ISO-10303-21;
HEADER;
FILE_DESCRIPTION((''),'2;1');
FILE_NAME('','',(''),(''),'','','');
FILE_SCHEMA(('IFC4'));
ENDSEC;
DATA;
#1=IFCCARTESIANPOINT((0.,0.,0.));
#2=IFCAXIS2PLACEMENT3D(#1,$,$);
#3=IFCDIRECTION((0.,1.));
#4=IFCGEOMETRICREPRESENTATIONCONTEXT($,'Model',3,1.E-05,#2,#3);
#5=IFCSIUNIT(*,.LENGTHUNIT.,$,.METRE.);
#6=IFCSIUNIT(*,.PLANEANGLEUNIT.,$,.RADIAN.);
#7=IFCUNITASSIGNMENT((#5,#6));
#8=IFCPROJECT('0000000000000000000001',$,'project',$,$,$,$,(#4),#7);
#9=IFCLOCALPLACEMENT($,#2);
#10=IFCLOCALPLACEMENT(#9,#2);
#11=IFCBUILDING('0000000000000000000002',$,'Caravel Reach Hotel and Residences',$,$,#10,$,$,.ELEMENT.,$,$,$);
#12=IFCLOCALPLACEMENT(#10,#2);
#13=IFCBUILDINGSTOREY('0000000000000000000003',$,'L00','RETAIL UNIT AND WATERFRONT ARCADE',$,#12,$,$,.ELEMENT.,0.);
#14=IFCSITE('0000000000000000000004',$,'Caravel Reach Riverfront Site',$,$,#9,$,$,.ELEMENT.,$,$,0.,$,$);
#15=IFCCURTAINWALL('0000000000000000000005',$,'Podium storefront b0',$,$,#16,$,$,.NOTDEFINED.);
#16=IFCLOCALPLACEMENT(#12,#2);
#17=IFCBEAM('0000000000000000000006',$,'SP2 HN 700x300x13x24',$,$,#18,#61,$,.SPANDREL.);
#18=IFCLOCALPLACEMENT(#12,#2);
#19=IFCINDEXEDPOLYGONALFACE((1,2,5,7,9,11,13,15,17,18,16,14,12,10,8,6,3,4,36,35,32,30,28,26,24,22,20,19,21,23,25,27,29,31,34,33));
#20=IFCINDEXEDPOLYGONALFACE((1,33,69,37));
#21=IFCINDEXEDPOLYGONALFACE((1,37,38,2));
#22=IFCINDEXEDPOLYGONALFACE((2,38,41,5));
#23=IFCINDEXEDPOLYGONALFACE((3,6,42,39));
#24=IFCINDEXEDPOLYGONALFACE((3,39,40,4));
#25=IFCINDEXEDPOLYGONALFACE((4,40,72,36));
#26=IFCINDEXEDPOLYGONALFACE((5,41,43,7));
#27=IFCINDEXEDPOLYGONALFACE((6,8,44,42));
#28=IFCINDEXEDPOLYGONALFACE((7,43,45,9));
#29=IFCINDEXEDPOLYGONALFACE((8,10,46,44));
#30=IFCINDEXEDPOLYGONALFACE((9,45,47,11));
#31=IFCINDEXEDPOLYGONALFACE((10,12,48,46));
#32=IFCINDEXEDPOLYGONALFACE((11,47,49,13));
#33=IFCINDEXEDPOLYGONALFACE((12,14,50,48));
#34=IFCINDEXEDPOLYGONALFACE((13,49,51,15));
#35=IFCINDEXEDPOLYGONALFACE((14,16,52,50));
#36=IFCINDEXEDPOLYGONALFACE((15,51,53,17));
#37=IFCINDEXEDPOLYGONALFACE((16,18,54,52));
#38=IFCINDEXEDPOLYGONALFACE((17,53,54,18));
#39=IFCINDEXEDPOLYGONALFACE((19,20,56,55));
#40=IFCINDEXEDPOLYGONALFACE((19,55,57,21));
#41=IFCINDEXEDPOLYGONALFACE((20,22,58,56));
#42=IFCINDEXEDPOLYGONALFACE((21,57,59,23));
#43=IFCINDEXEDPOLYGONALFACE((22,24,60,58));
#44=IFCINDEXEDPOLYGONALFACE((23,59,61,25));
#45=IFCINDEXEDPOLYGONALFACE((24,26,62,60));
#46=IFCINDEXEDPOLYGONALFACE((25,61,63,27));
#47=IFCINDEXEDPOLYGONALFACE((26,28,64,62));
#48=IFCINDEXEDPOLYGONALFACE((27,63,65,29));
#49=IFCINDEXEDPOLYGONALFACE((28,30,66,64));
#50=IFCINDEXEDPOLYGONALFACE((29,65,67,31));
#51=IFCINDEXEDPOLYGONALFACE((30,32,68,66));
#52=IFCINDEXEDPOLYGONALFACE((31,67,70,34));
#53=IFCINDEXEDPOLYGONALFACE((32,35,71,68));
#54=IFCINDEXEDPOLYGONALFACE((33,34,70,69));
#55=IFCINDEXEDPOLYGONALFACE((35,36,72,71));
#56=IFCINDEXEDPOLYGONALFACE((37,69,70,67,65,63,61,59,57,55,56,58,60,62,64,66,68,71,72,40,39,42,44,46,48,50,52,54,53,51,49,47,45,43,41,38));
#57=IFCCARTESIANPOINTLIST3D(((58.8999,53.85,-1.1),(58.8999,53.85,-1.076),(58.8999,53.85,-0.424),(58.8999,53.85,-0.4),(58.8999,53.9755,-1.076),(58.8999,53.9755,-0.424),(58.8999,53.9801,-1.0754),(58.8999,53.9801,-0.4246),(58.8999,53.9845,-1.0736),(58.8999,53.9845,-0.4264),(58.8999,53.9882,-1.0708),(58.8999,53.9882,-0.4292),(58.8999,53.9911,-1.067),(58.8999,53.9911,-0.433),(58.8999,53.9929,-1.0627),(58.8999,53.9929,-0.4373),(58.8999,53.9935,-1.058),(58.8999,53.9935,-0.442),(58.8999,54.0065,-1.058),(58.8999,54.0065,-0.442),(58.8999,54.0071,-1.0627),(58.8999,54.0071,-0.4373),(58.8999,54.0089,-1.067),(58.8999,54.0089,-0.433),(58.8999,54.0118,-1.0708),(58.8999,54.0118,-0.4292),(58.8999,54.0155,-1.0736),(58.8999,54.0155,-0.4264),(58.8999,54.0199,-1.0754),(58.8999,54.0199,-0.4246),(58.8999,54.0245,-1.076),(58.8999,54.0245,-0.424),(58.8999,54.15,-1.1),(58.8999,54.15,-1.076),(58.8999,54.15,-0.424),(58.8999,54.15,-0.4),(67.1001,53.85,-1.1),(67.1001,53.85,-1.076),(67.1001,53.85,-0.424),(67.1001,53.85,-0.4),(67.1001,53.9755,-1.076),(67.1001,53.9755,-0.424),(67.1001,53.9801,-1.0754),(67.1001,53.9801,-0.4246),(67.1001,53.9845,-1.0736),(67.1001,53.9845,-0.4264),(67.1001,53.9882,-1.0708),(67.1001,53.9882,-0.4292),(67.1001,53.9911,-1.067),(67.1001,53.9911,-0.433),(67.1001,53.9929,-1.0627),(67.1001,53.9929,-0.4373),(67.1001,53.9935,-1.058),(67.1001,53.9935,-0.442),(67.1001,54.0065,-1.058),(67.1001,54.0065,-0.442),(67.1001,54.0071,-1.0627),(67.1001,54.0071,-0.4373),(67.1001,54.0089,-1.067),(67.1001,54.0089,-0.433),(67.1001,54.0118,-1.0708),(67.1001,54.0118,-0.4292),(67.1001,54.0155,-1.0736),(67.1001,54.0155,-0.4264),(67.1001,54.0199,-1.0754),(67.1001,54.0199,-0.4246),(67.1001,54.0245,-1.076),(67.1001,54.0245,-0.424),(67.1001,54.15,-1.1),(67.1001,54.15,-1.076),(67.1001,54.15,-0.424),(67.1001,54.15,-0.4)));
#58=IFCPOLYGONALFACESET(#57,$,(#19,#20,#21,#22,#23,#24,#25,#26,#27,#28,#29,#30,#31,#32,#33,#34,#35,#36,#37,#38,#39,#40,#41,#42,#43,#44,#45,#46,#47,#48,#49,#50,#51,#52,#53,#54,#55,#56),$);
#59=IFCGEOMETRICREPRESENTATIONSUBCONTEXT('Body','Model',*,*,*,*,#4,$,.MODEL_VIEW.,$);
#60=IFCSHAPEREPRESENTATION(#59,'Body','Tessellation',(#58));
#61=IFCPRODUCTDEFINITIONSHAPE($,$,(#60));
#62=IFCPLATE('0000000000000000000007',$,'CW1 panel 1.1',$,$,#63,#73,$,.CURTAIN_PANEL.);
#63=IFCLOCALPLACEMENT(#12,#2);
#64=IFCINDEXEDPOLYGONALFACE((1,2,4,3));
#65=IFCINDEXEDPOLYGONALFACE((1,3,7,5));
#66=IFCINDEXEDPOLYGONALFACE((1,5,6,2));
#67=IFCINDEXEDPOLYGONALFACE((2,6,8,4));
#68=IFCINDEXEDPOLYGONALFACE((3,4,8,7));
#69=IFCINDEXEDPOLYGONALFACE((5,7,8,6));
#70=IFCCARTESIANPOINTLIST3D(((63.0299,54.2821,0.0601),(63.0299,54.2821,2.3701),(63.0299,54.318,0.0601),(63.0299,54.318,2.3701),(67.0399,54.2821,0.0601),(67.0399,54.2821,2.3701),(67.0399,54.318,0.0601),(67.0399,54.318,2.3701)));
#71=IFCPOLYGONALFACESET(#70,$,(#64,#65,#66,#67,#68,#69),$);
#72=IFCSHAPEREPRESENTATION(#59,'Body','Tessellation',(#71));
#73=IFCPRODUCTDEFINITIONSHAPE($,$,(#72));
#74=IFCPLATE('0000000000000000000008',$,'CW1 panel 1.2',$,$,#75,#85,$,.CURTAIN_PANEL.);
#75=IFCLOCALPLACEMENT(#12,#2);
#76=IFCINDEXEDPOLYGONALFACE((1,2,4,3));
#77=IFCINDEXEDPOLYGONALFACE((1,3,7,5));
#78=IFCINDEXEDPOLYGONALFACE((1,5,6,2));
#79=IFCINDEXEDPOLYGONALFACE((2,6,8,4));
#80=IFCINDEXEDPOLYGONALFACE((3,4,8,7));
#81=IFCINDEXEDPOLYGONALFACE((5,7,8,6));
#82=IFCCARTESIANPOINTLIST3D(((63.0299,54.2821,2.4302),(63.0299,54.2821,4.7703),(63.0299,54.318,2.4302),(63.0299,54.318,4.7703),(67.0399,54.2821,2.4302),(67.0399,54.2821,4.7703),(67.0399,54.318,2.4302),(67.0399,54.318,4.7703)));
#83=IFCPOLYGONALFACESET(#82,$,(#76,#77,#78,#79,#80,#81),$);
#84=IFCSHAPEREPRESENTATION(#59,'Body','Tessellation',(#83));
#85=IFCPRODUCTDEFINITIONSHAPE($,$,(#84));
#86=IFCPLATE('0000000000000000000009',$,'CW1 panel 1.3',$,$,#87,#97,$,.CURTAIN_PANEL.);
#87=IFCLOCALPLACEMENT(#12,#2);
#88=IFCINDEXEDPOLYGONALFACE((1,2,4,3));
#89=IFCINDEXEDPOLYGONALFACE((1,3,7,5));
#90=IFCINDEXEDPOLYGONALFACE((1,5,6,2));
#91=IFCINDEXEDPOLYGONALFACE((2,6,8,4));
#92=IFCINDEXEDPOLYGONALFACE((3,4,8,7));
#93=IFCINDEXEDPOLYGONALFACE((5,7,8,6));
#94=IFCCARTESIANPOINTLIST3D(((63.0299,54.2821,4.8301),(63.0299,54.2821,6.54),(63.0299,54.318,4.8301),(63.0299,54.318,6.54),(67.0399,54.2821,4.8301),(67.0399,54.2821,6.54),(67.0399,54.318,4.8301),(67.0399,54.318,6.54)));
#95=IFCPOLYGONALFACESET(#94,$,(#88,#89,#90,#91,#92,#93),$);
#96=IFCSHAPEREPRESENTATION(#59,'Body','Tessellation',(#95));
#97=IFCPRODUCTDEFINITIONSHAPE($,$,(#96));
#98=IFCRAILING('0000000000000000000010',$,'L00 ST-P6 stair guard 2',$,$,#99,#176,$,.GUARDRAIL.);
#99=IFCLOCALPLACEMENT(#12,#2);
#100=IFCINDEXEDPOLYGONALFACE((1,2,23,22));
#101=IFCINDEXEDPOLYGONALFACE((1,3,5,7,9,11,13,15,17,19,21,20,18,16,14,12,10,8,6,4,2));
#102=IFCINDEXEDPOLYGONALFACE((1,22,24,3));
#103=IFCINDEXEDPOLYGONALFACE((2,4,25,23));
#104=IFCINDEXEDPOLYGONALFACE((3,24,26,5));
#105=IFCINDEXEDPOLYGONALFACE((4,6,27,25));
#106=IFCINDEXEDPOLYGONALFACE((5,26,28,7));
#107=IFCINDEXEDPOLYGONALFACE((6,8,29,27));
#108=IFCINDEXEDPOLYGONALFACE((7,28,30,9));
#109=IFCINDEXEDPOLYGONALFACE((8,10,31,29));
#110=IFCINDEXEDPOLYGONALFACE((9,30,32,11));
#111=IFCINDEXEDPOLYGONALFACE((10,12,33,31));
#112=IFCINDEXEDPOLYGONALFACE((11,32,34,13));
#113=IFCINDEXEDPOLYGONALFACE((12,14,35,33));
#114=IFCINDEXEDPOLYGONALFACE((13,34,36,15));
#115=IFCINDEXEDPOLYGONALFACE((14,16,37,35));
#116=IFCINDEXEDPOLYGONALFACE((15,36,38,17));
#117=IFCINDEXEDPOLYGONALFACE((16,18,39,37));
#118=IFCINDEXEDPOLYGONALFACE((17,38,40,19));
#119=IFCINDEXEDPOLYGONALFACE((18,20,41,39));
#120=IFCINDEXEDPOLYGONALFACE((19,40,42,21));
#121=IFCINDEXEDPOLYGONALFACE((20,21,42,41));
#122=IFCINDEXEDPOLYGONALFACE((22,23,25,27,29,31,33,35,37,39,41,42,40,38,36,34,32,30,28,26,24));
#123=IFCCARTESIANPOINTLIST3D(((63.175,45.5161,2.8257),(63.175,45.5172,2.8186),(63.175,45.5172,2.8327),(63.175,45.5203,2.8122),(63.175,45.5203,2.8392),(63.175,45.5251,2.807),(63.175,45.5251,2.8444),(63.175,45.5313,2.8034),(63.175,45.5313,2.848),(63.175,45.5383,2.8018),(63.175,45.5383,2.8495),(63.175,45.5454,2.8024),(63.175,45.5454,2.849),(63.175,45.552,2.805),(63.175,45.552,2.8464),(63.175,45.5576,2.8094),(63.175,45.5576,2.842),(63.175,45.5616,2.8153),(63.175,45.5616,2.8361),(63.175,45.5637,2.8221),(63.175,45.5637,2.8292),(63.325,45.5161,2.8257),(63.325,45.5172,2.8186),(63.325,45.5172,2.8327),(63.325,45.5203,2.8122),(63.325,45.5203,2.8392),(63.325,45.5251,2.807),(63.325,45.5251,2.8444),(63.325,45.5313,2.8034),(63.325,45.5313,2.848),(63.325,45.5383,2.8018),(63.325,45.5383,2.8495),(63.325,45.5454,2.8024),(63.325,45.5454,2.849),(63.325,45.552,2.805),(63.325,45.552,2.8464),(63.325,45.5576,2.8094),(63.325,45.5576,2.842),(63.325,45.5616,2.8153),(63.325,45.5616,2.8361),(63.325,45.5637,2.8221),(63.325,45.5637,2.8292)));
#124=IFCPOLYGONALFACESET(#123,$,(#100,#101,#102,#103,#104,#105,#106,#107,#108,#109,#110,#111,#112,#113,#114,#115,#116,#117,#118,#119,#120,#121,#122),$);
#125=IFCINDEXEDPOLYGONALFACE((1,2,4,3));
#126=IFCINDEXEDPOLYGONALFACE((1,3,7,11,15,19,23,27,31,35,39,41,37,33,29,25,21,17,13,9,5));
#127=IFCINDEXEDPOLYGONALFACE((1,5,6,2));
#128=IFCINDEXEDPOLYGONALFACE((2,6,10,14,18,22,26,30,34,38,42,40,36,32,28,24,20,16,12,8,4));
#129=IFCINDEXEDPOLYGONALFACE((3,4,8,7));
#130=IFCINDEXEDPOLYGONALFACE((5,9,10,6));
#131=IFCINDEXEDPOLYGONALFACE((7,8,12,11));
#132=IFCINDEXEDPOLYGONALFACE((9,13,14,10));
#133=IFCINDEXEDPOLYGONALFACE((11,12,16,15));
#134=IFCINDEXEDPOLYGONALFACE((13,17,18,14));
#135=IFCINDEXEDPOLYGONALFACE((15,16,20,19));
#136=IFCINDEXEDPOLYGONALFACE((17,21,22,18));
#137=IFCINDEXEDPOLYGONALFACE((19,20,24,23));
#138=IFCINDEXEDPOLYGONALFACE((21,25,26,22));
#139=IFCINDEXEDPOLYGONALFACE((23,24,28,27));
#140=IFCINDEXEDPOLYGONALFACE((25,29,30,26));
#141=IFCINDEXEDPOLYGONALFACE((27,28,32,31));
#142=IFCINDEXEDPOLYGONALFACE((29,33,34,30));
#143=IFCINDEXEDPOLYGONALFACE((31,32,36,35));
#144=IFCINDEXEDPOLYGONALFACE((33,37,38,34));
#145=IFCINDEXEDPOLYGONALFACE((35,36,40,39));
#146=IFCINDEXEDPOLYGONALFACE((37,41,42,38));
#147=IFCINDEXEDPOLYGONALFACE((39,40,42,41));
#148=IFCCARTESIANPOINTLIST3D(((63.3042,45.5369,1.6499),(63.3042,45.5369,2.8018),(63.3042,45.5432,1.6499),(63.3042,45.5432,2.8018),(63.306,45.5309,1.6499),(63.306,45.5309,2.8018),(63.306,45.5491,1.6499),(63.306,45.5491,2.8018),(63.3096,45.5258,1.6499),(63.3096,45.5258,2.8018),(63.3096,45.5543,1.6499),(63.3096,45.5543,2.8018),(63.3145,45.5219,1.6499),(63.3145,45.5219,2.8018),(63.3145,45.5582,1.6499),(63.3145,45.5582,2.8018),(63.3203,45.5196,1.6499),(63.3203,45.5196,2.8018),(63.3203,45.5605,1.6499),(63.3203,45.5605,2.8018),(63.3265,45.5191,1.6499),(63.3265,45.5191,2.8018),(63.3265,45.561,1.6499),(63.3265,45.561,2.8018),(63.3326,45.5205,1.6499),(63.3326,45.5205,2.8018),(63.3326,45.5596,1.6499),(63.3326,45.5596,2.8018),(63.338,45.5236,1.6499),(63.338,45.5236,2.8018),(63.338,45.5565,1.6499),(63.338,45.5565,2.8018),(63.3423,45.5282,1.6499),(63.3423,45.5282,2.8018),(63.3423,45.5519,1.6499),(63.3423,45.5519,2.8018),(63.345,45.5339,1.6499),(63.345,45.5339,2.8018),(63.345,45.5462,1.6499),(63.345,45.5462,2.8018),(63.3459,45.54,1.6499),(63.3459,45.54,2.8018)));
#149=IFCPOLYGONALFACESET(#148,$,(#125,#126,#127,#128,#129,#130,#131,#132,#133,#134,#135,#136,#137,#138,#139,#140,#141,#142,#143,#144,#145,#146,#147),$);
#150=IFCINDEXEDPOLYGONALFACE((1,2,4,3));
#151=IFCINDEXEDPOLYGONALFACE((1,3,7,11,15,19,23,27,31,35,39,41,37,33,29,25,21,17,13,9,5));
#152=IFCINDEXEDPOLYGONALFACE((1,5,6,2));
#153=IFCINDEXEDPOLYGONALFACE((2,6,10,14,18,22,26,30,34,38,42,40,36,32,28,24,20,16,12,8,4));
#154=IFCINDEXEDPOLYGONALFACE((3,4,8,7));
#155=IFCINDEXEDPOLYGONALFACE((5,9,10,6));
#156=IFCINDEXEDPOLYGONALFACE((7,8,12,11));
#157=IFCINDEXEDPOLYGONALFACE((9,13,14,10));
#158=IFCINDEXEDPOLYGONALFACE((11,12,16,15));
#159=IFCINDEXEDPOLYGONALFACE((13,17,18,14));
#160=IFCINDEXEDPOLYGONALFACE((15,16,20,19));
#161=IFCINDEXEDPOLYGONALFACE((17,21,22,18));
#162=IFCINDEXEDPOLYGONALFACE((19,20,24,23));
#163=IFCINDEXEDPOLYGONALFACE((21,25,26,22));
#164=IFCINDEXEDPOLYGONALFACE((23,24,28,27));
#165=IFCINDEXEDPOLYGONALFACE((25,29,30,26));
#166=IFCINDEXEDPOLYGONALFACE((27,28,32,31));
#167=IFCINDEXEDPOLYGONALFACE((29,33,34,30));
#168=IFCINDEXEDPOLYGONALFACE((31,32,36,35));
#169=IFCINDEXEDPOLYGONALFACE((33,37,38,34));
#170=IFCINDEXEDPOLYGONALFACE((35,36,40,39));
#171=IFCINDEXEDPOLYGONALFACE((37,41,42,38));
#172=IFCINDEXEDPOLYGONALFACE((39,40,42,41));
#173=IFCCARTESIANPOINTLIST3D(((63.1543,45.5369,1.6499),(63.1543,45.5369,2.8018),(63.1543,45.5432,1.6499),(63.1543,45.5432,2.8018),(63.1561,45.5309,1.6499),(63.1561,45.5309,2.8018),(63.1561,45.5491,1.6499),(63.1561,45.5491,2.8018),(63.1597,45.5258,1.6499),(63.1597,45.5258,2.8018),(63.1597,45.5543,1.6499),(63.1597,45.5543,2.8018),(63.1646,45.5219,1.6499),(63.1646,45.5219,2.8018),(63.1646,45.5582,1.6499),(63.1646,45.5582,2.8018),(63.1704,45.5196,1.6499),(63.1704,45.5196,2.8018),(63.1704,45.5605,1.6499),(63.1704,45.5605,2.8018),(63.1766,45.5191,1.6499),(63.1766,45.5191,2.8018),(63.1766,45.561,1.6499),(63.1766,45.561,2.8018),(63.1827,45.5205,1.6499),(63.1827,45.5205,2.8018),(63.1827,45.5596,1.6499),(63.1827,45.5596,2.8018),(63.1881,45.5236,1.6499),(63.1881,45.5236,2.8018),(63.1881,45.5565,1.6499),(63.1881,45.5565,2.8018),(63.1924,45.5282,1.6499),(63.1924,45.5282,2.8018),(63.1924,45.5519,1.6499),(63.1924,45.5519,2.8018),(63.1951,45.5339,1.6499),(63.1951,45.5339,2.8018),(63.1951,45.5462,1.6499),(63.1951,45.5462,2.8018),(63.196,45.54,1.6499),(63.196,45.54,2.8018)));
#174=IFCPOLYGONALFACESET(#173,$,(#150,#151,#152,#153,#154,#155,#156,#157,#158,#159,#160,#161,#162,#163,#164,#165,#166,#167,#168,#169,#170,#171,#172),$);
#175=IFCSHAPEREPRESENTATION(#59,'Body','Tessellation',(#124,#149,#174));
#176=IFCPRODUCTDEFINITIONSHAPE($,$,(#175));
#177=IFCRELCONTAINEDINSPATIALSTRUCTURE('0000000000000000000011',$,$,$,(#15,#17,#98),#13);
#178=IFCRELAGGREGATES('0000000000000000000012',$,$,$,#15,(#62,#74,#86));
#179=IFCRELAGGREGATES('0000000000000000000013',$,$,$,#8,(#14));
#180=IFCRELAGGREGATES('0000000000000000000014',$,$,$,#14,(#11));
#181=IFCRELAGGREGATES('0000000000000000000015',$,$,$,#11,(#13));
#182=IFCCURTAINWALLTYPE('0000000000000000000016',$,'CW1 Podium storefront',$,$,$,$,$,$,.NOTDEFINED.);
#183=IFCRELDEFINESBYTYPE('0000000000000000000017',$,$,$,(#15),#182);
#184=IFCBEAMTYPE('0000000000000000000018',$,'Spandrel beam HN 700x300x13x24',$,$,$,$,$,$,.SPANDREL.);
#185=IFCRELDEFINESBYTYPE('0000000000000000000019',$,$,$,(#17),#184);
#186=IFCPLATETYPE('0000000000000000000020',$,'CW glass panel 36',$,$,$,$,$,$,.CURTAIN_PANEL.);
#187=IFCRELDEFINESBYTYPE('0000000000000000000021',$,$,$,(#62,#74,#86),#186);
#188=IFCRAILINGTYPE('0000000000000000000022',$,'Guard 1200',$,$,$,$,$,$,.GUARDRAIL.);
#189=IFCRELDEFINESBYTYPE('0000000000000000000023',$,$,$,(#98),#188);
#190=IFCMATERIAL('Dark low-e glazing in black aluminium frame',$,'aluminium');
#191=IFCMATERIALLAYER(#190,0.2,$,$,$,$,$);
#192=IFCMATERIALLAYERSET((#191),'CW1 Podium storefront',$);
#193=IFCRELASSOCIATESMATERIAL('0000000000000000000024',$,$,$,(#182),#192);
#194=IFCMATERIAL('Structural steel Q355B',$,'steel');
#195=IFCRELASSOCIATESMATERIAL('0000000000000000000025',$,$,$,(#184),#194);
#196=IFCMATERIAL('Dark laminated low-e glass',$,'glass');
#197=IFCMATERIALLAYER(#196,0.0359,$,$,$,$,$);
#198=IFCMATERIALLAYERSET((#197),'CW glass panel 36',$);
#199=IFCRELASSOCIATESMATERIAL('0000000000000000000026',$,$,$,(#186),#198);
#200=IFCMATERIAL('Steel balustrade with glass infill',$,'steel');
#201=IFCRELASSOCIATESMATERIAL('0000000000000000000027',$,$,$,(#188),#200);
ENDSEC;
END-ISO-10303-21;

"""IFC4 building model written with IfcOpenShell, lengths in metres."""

from ifc_helpers import new_model, si_unit, direction, frame, origin, origin_2d, place, context, subcontext, project, spatial, rectangle, circle, i_section, extrude, material, layer, layer_set, material_profile, profile_set, type_object, element, aggregate, save


model = new_model("IFC4")

# Units and contexts
model_context = context("Model", 3, precision=1e-05, world=origin(), true_north=direction((0.0, 1.0)))
body_context = subcontext(model_context, "Body", "Model", "MODEL_VIEW")
ifc_project = project(units=[si_unit("LENGTHUNIT", "METRE"), si_unit("PLANEANGLEUNIT", "RADIAN")], contexts=[model_context])

# Site, building, storey
site_placement = place(None, origin())
site = spatial("IfcSite", under=ifc_project, at=site_placement, Name="Caravel Reach Riverfront Site", CompositionType="ELEMENT", RefElevation=0.0)
building_placement = place(site_placement, origin())
building = spatial("IfcBuilding", under=site, at=building_placement, Name="Caravel Reach Hotel and Residences", CompositionType="ELEMENT")
storey_placement = place(building_placement, origin())
storey = spatial("IfcBuildingStorey", under=building, at=storey_placement, Name="L00", Description="RETAIL UNIT AND WATERFRONT ARCADE", CompositionType="ELEMENT", Elevation=0.0)

# Curtain wall
ifc_material_1 = material(Name="Dark low-e glazing in black aluminium frame", Category="aluminium")
ifc_layer_1 = layer(ifc_material_1, 0.2)
ifc_layer_set_1 = layer_set([ifc_layer_1], Name="CW1 Podium storefront")
curtain_wall_type = type_object("IfcCurtainWallType", Name="CW1 Podium storefront", PredefinedType="NOTDEFINED", material=ifc_layer_set_1)
curtain_wall_placement = place(storey_placement, origin())
curtain_wall = element("IfcCurtainWall", 1, at=curtain_wall_placement, inside=storey, type_object=curtain_wall_type, Name="Podium storefront b0", PredefinedType="NOTDEFINED")

# Beam
ifc_material_2 = material(Name="Structural steel Q355B", Category="steel")
ifc_material_profile_1 = material_profile(ifc_material_2, i_section(OverallWidth=0.3, OverallDepth=0.7, WebThickness=0.0129, FlangeThickness=0.0239, FilletRadius=0.0181, at=origin_2d()), Name="HN 700x300x13x24")
ifc_profile_set_1 = profile_set([ifc_material_profile_1], Name="Structural steel Q355B")
beam_type = type_object("IfcBeamType", Name="Spandrel beam HN 700x300x13x24", PredefinedType="SPANDREL", material=ifc_profile_set_1)
for number, where, z_axis, x_axis, name in (
    (2, (67.1001, 54.0, -0.75), (-1.0, 0.0, 0.0), (0.0, -1.0, 0.0), "SP2 HN 700x300x13x24"),
):
    element("IfcBeam", number, at=place(storey_placement, frame(where, z_axis=z_axis, x_axis=x_axis)), inside=storey, type_object=beam_type, Name=name, PredefinedType="SPANDREL", context=body_context, shape_type="SweptSolid", body=[
        extrude(i_section(OverallWidth=0.3, OverallDepth=0.7, WebThickness=0.0129, FlangeThickness=0.0239, FilletRadius=0.0181, at=origin_2d()), origin(), (0.0, 0.0, 1.0), 8.2002),
    ])

# Plates
ifc_material_3 = material(Name="Dark laminated low-e glass", Category="glass")
ifc_layer_2 = layer(ifc_material_3, 0.0359)
ifc_layer_set_2 = layer_set([ifc_layer_2], Name="CW glass panel 36")
plate_type = type_object("IfcPlateType", Name="CW glass panel 36", PredefinedType="CURTAIN_PANEL", material=ifc_layer_set_2)
plate_1_placement = place(storey_placement, frame((65.0349, 54.3, 0.0601), z_axis=(0.0, 0.0, 1.0), x_axis=(-1.0, 0.0, 0.0)))
plate_1 = element("IfcPlate", 3, at=plate_1_placement, type_object=plate_type, Name="CW1 panel 1.1", PredefinedType="CURTAIN_PANEL", context=body_context, shape_type="SweptSolid", body=[
    extrude(rectangle(XDim=4.01, YDim=0.0359, at=origin_2d()), origin(), (0.0, 0.0, 1.0), 2.3101),
])
plate_2_placement = place(storey_placement, frame((65.0349, 54.3, 2.4302), z_axis=(0.0, 0.0, 1.0), x_axis=(-1.0, 0.0, 0.0)))
plate_2 = element("IfcPlate", 4, at=plate_2_placement, type_object=plate_type, Name="CW1 panel 1.2", PredefinedType="CURTAIN_PANEL", context=body_context, shape_type="SweptSolid", body=[
    extrude(rectangle(XDim=4.01, YDim=0.0359, at=origin_2d()), origin(), (0.0, 0.0, 1.0), 2.3401),
])
plate_3_placement = place(storey_placement, frame((65.0349, 54.3, 4.8301), z_axis=(0.0, 0.0, 1.0), x_axis=(-1.0, 0.0, 0.0)))
plate_3 = element("IfcPlate", 5, at=plate_3_placement, type_object=plate_type, Name="CW1 panel 1.3", PredefinedType="CURTAIN_PANEL", context=body_context, shape_type="SweptSolid", body=[
    extrude(rectangle(XDim=4.01, YDim=0.0359, at=origin_2d()), origin(), (0.0, 0.0, 1.0), 1.71),
])
aggregate(curtain_wall, [plate_1, plate_2, plate_3])

# Railing
ifc_material_4 = material(Name="Steel balustrade with glass infill", Category="steel")
railing_type = type_object("IfcRailingType", Name="Guard 1200", PredefinedType="GUARDRAIL", material=ifc_material_4)
railing_1_placement = place(storey_placement, frame((63.325, 45.54, 1.6499)))
element("IfcRailing", 6, at=railing_1_placement, inside=storey, type_object=railing_type, Name="L00 ST-P6 stair guard 2", PredefinedType="GUARDRAIL", context=body_context, shape_type="SweptSolid", body=[
    extrude(circle(Radius=0.0239, at=origin_2d()), frame((0.0, 0.0, 1.1758), z_axis=(-1.0, 0.0, 0.0), x_axis=(0.0, -1.0, 0.0)), (0.0, 0.0, 1.0), 0.1499),
    extrude(circle(Radius=0.021, at=origin_2d()), origin(), (0.0, 0.0, 1.0), 1.1519),
    extrude(circle(Radius=0.021, at=origin_2d()), frame((-0.1499, 0.0, 0.0)), (0.0, 0.0, 1.0), 1.1519),
])

save(model, "model.ifc")
